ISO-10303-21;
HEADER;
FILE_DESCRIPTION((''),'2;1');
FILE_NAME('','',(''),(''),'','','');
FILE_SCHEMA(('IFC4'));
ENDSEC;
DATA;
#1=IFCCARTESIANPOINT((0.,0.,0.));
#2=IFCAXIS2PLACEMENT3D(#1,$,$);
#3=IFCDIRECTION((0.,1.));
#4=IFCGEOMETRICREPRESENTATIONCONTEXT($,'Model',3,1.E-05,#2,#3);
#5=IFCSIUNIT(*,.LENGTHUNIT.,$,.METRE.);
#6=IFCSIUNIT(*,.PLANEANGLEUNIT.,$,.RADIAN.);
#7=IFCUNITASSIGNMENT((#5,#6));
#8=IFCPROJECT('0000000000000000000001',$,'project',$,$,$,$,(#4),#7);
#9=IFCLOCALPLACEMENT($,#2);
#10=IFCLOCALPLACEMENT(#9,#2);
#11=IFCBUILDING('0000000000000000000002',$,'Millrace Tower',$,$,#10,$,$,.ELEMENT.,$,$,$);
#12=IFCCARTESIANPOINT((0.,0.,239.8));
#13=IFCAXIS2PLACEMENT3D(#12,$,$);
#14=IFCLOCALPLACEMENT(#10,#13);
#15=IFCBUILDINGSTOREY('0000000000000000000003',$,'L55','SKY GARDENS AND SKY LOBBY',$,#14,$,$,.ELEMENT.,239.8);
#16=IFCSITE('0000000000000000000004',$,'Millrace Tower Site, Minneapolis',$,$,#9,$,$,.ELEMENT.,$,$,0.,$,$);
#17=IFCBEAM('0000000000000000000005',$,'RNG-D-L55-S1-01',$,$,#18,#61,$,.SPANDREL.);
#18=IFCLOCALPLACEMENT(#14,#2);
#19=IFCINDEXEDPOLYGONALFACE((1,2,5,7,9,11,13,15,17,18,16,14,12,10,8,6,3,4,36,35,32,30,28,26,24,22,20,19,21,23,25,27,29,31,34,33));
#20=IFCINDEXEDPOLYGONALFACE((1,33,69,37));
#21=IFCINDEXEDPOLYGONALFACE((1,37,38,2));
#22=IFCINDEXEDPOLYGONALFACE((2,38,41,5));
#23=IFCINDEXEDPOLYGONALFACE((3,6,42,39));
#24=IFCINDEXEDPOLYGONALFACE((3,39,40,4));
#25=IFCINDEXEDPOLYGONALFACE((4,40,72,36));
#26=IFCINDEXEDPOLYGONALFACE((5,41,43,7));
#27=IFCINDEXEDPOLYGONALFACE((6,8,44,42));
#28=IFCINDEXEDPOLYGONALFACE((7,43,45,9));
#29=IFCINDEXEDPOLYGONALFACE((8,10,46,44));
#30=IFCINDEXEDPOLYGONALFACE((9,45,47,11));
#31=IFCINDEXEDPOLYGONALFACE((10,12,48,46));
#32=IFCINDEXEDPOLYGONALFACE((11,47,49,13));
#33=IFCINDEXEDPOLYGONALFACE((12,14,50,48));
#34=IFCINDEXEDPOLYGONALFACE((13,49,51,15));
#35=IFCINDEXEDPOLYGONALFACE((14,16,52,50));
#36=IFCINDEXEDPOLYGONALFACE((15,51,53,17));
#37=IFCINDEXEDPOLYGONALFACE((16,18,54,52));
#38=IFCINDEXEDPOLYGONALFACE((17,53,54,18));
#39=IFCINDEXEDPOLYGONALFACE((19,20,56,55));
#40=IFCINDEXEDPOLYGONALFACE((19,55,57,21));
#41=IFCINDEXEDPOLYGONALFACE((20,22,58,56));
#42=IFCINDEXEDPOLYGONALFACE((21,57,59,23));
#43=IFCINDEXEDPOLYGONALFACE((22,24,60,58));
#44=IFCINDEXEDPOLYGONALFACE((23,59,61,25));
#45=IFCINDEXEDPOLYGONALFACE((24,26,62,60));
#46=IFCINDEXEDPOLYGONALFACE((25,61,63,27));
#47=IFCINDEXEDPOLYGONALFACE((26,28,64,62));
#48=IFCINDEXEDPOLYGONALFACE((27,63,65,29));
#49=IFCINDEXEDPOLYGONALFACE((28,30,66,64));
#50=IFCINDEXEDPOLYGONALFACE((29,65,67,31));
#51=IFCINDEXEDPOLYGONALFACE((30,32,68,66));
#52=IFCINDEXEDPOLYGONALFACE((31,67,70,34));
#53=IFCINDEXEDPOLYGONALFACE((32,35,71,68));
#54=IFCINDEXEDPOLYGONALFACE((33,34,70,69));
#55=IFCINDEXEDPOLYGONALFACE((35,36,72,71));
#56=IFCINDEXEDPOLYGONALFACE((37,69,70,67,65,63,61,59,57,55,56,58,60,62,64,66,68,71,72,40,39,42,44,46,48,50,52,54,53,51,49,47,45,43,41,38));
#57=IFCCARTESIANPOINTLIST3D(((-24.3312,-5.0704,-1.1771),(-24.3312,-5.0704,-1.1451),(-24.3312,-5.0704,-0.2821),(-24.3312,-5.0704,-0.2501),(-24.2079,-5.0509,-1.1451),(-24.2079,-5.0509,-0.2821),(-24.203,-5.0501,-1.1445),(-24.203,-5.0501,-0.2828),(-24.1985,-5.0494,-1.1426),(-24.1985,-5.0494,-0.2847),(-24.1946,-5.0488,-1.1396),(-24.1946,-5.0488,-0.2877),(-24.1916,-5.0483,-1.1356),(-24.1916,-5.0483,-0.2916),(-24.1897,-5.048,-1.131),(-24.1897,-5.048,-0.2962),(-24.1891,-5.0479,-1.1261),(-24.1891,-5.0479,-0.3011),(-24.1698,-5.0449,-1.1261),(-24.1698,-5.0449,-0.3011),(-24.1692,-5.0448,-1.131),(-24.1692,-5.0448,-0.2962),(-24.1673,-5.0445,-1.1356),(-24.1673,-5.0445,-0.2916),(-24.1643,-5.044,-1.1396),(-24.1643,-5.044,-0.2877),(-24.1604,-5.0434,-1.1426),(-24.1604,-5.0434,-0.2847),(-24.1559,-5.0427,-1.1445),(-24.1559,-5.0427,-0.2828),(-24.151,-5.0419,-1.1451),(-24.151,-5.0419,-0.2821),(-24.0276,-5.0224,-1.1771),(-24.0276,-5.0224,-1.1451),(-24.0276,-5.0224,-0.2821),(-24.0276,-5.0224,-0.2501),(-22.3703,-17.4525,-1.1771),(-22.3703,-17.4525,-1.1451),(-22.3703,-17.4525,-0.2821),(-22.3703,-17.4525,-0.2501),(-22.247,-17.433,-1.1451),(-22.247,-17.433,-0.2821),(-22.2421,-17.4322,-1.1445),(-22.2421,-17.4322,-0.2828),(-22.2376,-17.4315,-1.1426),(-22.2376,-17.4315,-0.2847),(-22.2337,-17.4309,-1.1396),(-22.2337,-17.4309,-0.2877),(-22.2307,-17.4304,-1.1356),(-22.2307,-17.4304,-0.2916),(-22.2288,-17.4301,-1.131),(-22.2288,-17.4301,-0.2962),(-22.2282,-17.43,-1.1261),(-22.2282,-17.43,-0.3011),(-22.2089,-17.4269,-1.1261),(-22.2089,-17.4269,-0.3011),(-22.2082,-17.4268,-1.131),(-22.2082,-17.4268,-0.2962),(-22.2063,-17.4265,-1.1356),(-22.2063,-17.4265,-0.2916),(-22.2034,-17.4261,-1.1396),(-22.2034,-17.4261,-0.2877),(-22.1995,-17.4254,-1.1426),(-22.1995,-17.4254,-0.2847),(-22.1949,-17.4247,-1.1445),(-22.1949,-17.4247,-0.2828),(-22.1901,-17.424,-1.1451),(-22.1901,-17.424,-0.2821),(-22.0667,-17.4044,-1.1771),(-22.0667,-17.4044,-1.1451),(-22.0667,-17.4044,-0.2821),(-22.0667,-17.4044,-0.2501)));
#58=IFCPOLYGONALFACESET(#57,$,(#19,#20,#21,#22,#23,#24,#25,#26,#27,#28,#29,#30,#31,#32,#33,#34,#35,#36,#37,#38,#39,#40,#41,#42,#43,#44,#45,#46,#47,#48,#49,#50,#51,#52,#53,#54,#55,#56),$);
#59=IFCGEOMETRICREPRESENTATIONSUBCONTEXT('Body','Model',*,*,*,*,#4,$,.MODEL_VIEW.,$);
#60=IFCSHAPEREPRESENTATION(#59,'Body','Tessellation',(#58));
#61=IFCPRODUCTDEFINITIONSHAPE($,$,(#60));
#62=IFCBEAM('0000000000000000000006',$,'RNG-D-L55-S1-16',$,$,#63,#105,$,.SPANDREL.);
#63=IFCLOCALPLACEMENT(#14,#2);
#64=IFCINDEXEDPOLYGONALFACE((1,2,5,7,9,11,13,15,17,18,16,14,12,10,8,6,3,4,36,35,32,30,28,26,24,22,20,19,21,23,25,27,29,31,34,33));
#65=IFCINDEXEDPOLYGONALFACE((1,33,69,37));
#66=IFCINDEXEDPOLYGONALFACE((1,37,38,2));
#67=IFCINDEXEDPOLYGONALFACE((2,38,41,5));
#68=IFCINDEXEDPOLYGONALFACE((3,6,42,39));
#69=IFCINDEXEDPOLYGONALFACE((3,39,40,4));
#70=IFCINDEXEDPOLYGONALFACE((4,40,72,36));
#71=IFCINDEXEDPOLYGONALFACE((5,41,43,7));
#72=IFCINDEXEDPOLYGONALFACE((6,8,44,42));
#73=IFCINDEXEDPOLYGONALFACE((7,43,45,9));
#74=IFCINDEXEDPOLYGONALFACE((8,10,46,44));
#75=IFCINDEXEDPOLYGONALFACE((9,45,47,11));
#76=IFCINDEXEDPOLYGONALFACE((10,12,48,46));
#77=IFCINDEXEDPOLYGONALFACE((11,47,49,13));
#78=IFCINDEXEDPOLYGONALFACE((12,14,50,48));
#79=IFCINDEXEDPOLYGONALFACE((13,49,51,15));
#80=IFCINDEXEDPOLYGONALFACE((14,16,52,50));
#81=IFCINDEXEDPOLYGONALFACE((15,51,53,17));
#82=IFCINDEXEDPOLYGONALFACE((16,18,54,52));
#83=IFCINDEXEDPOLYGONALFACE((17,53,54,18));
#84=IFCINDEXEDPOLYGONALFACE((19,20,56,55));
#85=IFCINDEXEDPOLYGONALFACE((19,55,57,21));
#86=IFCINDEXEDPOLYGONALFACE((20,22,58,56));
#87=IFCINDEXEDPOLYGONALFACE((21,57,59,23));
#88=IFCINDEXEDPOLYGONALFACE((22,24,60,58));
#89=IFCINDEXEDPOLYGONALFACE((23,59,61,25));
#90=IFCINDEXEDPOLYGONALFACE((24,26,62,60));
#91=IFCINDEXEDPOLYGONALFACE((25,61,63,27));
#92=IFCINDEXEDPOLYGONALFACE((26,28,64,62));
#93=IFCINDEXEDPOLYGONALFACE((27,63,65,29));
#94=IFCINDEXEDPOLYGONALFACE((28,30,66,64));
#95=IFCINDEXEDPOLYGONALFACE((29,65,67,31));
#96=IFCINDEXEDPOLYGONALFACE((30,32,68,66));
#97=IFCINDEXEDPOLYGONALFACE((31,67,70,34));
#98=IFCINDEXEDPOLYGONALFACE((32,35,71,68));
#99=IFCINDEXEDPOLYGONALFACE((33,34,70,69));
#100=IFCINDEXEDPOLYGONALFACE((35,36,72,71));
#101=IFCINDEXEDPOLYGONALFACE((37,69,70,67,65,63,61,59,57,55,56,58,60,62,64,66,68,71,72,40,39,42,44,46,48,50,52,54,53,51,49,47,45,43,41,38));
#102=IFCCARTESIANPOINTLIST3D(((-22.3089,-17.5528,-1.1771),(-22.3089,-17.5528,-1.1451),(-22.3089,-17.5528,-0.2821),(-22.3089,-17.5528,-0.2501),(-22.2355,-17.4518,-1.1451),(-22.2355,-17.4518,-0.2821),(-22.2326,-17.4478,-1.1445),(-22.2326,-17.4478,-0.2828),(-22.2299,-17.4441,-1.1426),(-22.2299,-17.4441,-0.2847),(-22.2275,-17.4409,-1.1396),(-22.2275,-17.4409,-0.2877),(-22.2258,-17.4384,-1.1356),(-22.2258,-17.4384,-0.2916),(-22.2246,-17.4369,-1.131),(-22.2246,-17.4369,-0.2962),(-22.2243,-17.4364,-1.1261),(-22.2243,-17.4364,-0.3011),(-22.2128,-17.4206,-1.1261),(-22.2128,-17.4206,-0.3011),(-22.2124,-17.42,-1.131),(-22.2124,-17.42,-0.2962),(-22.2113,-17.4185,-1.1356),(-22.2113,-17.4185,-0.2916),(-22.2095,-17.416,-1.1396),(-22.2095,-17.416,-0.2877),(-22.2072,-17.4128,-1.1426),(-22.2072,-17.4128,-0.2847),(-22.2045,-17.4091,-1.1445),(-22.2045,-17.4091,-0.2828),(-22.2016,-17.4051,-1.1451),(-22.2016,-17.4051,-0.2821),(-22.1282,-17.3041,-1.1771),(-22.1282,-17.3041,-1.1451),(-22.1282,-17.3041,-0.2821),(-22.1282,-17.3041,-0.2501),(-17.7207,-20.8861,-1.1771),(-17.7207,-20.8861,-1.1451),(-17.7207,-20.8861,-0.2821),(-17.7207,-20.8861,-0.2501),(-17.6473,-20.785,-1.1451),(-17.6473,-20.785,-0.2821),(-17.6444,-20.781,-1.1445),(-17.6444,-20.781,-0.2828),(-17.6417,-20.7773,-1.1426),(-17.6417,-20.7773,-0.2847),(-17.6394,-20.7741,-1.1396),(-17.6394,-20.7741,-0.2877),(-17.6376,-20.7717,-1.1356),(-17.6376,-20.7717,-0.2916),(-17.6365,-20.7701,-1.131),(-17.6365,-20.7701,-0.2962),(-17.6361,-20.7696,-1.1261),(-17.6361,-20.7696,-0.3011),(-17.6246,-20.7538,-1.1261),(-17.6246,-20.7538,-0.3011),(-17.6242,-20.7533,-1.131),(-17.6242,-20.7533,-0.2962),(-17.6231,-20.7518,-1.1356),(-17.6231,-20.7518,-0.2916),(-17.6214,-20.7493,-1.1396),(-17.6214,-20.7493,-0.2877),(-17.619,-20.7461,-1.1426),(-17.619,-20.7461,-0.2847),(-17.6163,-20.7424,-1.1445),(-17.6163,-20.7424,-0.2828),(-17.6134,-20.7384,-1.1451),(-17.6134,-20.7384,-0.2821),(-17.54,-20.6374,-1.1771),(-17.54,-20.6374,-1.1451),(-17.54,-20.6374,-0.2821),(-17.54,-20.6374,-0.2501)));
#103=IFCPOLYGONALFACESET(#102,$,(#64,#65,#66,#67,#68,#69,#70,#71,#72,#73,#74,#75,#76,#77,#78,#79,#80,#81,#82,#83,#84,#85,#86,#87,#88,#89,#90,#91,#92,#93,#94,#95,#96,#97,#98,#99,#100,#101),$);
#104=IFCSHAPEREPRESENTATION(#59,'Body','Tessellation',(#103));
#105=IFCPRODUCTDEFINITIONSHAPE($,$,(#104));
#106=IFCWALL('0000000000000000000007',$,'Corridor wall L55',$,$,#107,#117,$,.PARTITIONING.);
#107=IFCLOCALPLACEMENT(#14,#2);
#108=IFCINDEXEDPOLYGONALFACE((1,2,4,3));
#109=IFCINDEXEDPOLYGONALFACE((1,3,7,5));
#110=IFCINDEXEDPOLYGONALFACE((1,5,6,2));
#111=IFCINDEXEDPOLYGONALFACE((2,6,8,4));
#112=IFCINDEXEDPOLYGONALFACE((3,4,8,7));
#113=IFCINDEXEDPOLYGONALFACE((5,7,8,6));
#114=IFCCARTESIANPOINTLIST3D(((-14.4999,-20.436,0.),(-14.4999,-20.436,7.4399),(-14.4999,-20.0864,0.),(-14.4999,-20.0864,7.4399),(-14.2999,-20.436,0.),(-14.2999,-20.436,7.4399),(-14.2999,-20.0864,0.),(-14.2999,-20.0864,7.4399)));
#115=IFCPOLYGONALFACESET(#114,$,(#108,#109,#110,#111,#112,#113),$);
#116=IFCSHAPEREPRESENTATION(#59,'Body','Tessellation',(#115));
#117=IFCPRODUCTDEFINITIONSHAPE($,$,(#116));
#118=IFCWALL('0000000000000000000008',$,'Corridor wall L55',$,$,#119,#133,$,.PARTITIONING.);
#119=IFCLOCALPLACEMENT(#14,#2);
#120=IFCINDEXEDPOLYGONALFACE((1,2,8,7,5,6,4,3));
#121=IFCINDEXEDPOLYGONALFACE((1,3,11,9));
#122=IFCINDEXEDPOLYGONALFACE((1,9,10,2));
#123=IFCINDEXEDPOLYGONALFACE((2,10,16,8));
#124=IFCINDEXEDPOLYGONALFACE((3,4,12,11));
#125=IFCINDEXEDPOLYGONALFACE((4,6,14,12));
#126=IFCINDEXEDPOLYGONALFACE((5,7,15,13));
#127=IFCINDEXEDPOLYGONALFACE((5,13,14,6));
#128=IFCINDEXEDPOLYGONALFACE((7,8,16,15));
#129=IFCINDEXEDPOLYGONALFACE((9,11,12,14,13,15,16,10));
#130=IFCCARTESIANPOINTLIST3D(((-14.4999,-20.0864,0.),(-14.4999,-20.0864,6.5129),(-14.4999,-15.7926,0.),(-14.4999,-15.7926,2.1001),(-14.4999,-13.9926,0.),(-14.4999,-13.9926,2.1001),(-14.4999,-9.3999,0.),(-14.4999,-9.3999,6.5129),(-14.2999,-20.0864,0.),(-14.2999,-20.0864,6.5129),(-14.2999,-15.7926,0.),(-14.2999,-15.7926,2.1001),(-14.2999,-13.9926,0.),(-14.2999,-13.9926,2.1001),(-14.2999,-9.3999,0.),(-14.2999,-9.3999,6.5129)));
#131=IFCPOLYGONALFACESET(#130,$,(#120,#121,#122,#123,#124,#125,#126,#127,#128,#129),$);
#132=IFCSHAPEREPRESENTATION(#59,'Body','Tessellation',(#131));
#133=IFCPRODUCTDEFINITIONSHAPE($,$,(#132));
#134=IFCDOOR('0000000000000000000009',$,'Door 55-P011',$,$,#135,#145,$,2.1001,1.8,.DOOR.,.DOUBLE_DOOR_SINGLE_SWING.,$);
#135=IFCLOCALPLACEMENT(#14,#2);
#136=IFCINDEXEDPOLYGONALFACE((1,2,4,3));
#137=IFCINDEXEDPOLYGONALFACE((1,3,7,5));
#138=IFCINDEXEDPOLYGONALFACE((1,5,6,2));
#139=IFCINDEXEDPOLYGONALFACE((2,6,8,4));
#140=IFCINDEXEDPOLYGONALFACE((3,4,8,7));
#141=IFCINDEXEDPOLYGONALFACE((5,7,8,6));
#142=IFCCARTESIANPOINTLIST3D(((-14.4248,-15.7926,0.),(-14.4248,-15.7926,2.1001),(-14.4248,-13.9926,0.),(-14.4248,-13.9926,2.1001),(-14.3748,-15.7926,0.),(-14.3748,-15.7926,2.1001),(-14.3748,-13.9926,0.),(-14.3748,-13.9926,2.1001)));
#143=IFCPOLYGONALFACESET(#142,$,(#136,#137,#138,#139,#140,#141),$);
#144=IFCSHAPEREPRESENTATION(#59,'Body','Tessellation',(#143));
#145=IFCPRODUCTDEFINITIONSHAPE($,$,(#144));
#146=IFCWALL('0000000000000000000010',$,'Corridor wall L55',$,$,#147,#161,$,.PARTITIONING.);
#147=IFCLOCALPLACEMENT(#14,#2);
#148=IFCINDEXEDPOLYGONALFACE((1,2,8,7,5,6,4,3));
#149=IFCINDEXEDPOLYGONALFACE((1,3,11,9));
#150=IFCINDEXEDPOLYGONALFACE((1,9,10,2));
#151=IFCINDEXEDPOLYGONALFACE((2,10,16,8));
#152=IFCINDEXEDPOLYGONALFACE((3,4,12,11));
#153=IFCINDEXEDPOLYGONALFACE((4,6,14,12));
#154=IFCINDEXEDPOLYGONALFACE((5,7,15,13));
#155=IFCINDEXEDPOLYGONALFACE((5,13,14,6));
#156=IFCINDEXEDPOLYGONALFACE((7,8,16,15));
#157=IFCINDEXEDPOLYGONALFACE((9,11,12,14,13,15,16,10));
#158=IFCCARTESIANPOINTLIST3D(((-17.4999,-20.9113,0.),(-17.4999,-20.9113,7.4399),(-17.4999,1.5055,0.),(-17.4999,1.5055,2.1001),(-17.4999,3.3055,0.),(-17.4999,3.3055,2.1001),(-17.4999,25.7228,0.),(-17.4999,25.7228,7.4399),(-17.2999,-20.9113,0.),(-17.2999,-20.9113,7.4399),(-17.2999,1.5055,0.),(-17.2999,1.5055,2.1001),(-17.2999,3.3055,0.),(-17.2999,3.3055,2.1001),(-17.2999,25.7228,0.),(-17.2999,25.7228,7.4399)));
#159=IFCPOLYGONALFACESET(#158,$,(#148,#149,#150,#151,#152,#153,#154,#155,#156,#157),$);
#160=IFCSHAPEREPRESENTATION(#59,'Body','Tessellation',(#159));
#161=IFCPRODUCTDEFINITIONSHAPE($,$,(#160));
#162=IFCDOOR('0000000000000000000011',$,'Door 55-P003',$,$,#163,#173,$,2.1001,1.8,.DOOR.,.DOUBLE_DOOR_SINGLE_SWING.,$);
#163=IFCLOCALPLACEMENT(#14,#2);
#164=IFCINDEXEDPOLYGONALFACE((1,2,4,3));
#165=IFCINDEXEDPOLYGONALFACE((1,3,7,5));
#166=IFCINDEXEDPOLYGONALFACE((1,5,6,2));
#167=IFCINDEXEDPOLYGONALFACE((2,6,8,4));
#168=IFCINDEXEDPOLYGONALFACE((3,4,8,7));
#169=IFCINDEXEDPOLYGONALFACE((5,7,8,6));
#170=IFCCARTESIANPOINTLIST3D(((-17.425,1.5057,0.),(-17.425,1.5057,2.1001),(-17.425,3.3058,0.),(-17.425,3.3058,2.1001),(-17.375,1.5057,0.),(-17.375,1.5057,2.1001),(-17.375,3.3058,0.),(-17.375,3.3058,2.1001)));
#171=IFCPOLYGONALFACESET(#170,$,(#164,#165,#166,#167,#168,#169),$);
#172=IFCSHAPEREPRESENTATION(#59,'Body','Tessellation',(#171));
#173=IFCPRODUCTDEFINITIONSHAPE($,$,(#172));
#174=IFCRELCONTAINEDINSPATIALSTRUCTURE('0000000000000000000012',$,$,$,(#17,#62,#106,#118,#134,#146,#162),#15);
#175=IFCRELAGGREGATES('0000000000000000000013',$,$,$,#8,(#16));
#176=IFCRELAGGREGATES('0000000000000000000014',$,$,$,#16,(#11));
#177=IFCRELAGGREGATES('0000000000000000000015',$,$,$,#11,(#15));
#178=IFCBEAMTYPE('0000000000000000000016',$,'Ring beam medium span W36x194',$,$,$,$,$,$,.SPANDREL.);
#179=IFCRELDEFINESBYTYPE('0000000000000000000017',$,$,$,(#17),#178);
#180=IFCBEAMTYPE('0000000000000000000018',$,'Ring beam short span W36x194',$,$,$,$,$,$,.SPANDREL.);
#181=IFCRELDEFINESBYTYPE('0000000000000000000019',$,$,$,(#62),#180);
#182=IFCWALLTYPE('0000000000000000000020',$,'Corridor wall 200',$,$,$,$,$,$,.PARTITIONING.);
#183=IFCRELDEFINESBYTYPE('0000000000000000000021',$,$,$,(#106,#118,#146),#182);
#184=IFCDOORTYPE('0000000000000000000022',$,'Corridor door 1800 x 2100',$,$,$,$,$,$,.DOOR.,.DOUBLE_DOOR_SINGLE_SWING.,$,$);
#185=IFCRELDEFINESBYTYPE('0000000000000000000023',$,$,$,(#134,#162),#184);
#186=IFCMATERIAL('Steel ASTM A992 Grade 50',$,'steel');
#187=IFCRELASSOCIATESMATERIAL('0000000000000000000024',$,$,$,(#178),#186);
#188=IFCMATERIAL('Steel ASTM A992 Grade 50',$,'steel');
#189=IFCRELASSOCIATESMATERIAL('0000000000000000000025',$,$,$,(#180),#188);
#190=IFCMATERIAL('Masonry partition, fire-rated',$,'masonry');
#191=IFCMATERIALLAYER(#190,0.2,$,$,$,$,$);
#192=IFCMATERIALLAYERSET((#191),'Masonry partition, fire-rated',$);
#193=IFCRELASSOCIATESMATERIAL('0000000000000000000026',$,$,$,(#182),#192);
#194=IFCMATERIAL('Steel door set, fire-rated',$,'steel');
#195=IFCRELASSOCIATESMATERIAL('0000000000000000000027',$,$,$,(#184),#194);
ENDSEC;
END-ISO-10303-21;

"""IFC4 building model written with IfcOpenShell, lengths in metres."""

from ifc_helpers import new_model, si_unit, direction, frame, frame_2d, origin, origin_2d, place, context, subcontext, project, spatial, rectangle, i_section, extrude, material, layer, layer_set, material_profile, profile_set, type_object, element, fill, save


model = new_model("IFC4")

# Units and contexts
model_context = context("Model", 3, precision=1e-05, world=origin(), true_north=direction((0.0, 1.0)))
body_context = subcontext(model_context, "Body", "Model", "MODEL_VIEW")
ifc_project = project(units=[si_unit("LENGTHUNIT", "METRE"), si_unit("PLANEANGLEUNIT", "RADIAN")], contexts=[model_context])

# Site, building, storey
site_placement = place(None, origin())
site = spatial("IfcSite", under=ifc_project, at=site_placement, Name="Millrace Tower Site, Minneapolis", CompositionType="ELEMENT", RefElevation=0.0)
building_placement = place(site_placement, origin())
building = spatial("IfcBuilding", under=site, at=building_placement, Name="Millrace Tower", CompositionType="ELEMENT")
storey_placement = place(building_placement, frame((0.0, 0.0, 239.8)))
storey = spatial("IfcBuildingStorey", under=building, at=storey_placement, Name="L55", Description="SKY GARDENS AND SKY LOBBY", CompositionType="ELEMENT", Elevation=239.8)

# Beams
ifc_material_1 = material(Name="Steel ASTM A992 Grade 50", Category="steel")
ifc_material_profile_1 = material_profile(ifc_material_1, i_section(OverallWidth=0.3074, OverallDepth=0.927, WebThickness=0.0195, FlangeThickness=0.032, FilletRadius=0.019, at=origin_2d()))
ifc_profile_set_1 = profile_set([ifc_material_profile_1], Name="Steel ASTM A992 Grade 50")
beam_type_1 = type_object("IfcBeamType", Name="Ring beam medium span W36x194", PredefinedType="SPANDREL", material=ifc_profile_set_1)
beam_1_placement = place(storey_placement, frame((-22.2185, -17.4285, -0.7136), z_axis=(-0.15642, 0.987691, 0.0), x_axis=(-0.987691, -0.15642, 0.0)))
element("IfcBeam", 1, at=beam_1_placement, inside=storey, type_object=beam_type_1, Name="RNG-D-L55-S1-01", PredefinedType="SPANDREL", context=body_context, shape_type="SweptSolid", body=[
    extrude(i_section(OverallWidth=0.3074, OverallDepth=0.927, WebThickness=0.0195, FlangeThickness=0.032, FilletRadius=0.019, at=origin_2d()), origin(), (0.0, 0.0, 1.0), 12.5364),
])
ifc_material_2 = material(Name="Steel ASTM A992 Grade 50", Category="steel")
ifc_material_profile_2 = material_profile(ifc_material_2, i_section(OverallWidth=0.3074, OverallDepth=0.927, WebThickness=0.0195, FlangeThickness=0.032, FilletRadius=0.019, at=origin_2d()))
ifc_profile_set_2 = profile_set([ifc_material_profile_2], Name="Steel ASTM A992 Grade 50")
beam_type_2 = type_object("IfcBeamType", Name="Ring beam short span W36x194", PredefinedType="SPANDREL", material=ifc_profile_set_2)
beam_2_placement = place(storey_placement, frame((-17.6304, -20.7617, -0.7136), z_axis=(-0.809036, 0.58776, 0.0), x_axis=(-0.58776, -0.809036, 0.0)))
element("IfcBeam", 2, at=beam_2_placement, inside=storey, type_object=beam_type_2, Name="RNG-D-L55-S1-16", PredefinedType="SPANDREL", context=body_context, shape_type="SweptSolid", body=[
    extrude(i_section(OverallWidth=0.3074, OverallDepth=0.927, WebThickness=0.0195, FlangeThickness=0.032, FilletRadius=0.019, at=origin_2d()), origin(), (0.0, 0.0, 1.0), 5.6711),
])

# Wall
ifc_material_3 = material(Name="Masonry partition, fire-rated", Category="masonry")
ifc_layer_1 = layer(ifc_material_3, 0.2)
ifc_layer_set_1 = layer_set([ifc_layer_1], Name="Masonry partition, fire-rated")
wall_type = type_object("IfcWallType", Name="Corridor wall 200", PredefinedType="PARTITIONING", material=ifc_layer_set_1)
wall_1_placement = place(storey_placement, frame((-14.3999, -20.436, 0.0), z_axis=(0.0, 0.0, 1.0), x_axis=(0.0, 1.0, 0.0)))
element("IfcWall", 3, at=wall_1_placement, inside=storey, type_object=wall_type, Name="Corridor wall L55", PredefinedType="PARTITIONING", context=body_context, shape_type="SweptSolid", body=[
    extrude(rectangle(XDim=0.3496, YDim=0.2, at=frame_2d((0.1748, 0.0))), origin(), (0.0, 0.0, 1.0), 7.4399),
])

# Walls, openings, doors
wall_2_placement = place(storey_placement, frame((-14.3999, -20.0864, 0.0), z_axis=(0.0, 0.0, 1.0), x_axis=(0.0, 1.0, 0.0)))
wall_2 = element("IfcWall", 4, at=wall_2_placement, inside=storey, type_object=wall_type, Name="Corridor wall L55", PredefinedType="PARTITIONING", context=body_context, shape_type="SweptSolid", body=[
    extrude(rectangle(XDim=10.6865, YDim=0.2, at=frame_2d((5.3433, 0.0))), origin(), (0.0, 0.0, 1.0), 6.5129),
])
opening_1_placement = place(wall_2_placement, frame((4.2939, 0.0, 0.0)))
opening_1 = element("IfcOpeningElement", 5, at=opening_1_placement, cuts=wall_2, PredefinedType="OPENING", context=body_context, shape_type="SweptSolid", body=[
    extrude(rectangle(XDim=1.8, YDim=2.1001, at=frame_2d((0.8999, 1.05))), frame((0.0, 0.1099, 0.0), z_axis=(0.0, -1.0, 0.0), x_axis=(1.0, 0.0, 0.0)), (0.0, 0.0, 1.0), 0.22),
])
ifc_material_4 = material(Name="Steel door set, fire-rated", Category="steel")
door_type = type_object("IfcDoorType", Name="Corridor door 1800 x 2100", OperationType="DOUBLE_DOOR_SINGLE_SWING", PredefinedType="DOOR", material=ifc_material_4)
door_1_placement = place(opening_1_placement, origin())
door_1 = element("IfcDoor", 6, at=door_1_placement, inside=storey, type_object=door_type, Name="Door 55-P011", OperationType="DOUBLE_DOOR_SINGLE_SWING", OverallHeight=2.1001, OverallWidth=1.8, PredefinedType="DOOR", context=body_context, shape_type="SweptSolid", body=[
    extrude(rectangle(XDim=1.8, YDim=2.1001, at=frame_2d((0.8999, 1.05))), frame((0.0, 0.0249, 0.0), z_axis=(0.0, -1.0, 0.0), x_axis=(1.0, 0.0, 0.0)), (0.0, 0.0, 1.0), 0.05),
])
fill(opening_1, door_1)
wall_3_placement = place(storey_placement, frame((-17.3999, -20.9111, 0.0), z_axis=(0.0, 0.0, 1.0), x_axis=(0.0, 1.0, 0.0)))
wall_3 = element("IfcWall", 7, at=wall_3_placement, inside=storey, type_object=wall_type, Name="Corridor wall L55", PredefinedType="PARTITIONING", context=body_context, shape_type="SweptSolid", body=[
    extrude(rectangle(XDim=46.634, YDim=0.2, at=frame_2d((23.3169, 0.0))), origin(), (0.0, 0.0, 1.0), 7.4399),
])
opening_2_placement = place(wall_3_placement, frame((22.4167, 0.0, 0.0)))
opening_2 = element("IfcOpeningElement", 8, at=opening_2_placement, cuts=wall_3, PredefinedType="OPENING", context=body_context, shape_type="SweptSolid", body=[
    extrude(rectangle(XDim=1.8, YDim=2.1001, at=frame_2d((0.8999, 1.05))), frame((0.0, 0.1099, 0.0), z_axis=(0.0, -1.0, 0.0), x_axis=(1.0, 0.0, 0.0)), (0.0, 0.0, 1.0), 0.22),
])
door_2_placement = place(opening_2_placement, frame((1.8, 0.0, 0.0), z_axis=(0.0, 0.0, 1.0), x_axis=(-1.0, 0.0, 0.0)))
door_2 = element("IfcDoor", 9, at=door_2_placement, inside=storey, type_object=door_type, Name="Door 55-P003", OperationType="DOUBLE_DOOR_SINGLE_SWING", OverallHeight=2.1001, OverallWidth=1.8, PredefinedType="DOOR", context=body_context, shape_type="SweptSolid", body=[
    extrude(rectangle(XDim=1.8, YDim=2.1001, at=frame_2d((0.8999, 1.05))), frame((0.0, 0.0249, 0.0), z_axis=(0.0, -1.0, 0.0), x_axis=(1.0, 0.0, 0.0)), (0.0, 0.0, 1.0), 0.05),
])
fill(opening_2, door_2)

save(model, "model.ifc")
